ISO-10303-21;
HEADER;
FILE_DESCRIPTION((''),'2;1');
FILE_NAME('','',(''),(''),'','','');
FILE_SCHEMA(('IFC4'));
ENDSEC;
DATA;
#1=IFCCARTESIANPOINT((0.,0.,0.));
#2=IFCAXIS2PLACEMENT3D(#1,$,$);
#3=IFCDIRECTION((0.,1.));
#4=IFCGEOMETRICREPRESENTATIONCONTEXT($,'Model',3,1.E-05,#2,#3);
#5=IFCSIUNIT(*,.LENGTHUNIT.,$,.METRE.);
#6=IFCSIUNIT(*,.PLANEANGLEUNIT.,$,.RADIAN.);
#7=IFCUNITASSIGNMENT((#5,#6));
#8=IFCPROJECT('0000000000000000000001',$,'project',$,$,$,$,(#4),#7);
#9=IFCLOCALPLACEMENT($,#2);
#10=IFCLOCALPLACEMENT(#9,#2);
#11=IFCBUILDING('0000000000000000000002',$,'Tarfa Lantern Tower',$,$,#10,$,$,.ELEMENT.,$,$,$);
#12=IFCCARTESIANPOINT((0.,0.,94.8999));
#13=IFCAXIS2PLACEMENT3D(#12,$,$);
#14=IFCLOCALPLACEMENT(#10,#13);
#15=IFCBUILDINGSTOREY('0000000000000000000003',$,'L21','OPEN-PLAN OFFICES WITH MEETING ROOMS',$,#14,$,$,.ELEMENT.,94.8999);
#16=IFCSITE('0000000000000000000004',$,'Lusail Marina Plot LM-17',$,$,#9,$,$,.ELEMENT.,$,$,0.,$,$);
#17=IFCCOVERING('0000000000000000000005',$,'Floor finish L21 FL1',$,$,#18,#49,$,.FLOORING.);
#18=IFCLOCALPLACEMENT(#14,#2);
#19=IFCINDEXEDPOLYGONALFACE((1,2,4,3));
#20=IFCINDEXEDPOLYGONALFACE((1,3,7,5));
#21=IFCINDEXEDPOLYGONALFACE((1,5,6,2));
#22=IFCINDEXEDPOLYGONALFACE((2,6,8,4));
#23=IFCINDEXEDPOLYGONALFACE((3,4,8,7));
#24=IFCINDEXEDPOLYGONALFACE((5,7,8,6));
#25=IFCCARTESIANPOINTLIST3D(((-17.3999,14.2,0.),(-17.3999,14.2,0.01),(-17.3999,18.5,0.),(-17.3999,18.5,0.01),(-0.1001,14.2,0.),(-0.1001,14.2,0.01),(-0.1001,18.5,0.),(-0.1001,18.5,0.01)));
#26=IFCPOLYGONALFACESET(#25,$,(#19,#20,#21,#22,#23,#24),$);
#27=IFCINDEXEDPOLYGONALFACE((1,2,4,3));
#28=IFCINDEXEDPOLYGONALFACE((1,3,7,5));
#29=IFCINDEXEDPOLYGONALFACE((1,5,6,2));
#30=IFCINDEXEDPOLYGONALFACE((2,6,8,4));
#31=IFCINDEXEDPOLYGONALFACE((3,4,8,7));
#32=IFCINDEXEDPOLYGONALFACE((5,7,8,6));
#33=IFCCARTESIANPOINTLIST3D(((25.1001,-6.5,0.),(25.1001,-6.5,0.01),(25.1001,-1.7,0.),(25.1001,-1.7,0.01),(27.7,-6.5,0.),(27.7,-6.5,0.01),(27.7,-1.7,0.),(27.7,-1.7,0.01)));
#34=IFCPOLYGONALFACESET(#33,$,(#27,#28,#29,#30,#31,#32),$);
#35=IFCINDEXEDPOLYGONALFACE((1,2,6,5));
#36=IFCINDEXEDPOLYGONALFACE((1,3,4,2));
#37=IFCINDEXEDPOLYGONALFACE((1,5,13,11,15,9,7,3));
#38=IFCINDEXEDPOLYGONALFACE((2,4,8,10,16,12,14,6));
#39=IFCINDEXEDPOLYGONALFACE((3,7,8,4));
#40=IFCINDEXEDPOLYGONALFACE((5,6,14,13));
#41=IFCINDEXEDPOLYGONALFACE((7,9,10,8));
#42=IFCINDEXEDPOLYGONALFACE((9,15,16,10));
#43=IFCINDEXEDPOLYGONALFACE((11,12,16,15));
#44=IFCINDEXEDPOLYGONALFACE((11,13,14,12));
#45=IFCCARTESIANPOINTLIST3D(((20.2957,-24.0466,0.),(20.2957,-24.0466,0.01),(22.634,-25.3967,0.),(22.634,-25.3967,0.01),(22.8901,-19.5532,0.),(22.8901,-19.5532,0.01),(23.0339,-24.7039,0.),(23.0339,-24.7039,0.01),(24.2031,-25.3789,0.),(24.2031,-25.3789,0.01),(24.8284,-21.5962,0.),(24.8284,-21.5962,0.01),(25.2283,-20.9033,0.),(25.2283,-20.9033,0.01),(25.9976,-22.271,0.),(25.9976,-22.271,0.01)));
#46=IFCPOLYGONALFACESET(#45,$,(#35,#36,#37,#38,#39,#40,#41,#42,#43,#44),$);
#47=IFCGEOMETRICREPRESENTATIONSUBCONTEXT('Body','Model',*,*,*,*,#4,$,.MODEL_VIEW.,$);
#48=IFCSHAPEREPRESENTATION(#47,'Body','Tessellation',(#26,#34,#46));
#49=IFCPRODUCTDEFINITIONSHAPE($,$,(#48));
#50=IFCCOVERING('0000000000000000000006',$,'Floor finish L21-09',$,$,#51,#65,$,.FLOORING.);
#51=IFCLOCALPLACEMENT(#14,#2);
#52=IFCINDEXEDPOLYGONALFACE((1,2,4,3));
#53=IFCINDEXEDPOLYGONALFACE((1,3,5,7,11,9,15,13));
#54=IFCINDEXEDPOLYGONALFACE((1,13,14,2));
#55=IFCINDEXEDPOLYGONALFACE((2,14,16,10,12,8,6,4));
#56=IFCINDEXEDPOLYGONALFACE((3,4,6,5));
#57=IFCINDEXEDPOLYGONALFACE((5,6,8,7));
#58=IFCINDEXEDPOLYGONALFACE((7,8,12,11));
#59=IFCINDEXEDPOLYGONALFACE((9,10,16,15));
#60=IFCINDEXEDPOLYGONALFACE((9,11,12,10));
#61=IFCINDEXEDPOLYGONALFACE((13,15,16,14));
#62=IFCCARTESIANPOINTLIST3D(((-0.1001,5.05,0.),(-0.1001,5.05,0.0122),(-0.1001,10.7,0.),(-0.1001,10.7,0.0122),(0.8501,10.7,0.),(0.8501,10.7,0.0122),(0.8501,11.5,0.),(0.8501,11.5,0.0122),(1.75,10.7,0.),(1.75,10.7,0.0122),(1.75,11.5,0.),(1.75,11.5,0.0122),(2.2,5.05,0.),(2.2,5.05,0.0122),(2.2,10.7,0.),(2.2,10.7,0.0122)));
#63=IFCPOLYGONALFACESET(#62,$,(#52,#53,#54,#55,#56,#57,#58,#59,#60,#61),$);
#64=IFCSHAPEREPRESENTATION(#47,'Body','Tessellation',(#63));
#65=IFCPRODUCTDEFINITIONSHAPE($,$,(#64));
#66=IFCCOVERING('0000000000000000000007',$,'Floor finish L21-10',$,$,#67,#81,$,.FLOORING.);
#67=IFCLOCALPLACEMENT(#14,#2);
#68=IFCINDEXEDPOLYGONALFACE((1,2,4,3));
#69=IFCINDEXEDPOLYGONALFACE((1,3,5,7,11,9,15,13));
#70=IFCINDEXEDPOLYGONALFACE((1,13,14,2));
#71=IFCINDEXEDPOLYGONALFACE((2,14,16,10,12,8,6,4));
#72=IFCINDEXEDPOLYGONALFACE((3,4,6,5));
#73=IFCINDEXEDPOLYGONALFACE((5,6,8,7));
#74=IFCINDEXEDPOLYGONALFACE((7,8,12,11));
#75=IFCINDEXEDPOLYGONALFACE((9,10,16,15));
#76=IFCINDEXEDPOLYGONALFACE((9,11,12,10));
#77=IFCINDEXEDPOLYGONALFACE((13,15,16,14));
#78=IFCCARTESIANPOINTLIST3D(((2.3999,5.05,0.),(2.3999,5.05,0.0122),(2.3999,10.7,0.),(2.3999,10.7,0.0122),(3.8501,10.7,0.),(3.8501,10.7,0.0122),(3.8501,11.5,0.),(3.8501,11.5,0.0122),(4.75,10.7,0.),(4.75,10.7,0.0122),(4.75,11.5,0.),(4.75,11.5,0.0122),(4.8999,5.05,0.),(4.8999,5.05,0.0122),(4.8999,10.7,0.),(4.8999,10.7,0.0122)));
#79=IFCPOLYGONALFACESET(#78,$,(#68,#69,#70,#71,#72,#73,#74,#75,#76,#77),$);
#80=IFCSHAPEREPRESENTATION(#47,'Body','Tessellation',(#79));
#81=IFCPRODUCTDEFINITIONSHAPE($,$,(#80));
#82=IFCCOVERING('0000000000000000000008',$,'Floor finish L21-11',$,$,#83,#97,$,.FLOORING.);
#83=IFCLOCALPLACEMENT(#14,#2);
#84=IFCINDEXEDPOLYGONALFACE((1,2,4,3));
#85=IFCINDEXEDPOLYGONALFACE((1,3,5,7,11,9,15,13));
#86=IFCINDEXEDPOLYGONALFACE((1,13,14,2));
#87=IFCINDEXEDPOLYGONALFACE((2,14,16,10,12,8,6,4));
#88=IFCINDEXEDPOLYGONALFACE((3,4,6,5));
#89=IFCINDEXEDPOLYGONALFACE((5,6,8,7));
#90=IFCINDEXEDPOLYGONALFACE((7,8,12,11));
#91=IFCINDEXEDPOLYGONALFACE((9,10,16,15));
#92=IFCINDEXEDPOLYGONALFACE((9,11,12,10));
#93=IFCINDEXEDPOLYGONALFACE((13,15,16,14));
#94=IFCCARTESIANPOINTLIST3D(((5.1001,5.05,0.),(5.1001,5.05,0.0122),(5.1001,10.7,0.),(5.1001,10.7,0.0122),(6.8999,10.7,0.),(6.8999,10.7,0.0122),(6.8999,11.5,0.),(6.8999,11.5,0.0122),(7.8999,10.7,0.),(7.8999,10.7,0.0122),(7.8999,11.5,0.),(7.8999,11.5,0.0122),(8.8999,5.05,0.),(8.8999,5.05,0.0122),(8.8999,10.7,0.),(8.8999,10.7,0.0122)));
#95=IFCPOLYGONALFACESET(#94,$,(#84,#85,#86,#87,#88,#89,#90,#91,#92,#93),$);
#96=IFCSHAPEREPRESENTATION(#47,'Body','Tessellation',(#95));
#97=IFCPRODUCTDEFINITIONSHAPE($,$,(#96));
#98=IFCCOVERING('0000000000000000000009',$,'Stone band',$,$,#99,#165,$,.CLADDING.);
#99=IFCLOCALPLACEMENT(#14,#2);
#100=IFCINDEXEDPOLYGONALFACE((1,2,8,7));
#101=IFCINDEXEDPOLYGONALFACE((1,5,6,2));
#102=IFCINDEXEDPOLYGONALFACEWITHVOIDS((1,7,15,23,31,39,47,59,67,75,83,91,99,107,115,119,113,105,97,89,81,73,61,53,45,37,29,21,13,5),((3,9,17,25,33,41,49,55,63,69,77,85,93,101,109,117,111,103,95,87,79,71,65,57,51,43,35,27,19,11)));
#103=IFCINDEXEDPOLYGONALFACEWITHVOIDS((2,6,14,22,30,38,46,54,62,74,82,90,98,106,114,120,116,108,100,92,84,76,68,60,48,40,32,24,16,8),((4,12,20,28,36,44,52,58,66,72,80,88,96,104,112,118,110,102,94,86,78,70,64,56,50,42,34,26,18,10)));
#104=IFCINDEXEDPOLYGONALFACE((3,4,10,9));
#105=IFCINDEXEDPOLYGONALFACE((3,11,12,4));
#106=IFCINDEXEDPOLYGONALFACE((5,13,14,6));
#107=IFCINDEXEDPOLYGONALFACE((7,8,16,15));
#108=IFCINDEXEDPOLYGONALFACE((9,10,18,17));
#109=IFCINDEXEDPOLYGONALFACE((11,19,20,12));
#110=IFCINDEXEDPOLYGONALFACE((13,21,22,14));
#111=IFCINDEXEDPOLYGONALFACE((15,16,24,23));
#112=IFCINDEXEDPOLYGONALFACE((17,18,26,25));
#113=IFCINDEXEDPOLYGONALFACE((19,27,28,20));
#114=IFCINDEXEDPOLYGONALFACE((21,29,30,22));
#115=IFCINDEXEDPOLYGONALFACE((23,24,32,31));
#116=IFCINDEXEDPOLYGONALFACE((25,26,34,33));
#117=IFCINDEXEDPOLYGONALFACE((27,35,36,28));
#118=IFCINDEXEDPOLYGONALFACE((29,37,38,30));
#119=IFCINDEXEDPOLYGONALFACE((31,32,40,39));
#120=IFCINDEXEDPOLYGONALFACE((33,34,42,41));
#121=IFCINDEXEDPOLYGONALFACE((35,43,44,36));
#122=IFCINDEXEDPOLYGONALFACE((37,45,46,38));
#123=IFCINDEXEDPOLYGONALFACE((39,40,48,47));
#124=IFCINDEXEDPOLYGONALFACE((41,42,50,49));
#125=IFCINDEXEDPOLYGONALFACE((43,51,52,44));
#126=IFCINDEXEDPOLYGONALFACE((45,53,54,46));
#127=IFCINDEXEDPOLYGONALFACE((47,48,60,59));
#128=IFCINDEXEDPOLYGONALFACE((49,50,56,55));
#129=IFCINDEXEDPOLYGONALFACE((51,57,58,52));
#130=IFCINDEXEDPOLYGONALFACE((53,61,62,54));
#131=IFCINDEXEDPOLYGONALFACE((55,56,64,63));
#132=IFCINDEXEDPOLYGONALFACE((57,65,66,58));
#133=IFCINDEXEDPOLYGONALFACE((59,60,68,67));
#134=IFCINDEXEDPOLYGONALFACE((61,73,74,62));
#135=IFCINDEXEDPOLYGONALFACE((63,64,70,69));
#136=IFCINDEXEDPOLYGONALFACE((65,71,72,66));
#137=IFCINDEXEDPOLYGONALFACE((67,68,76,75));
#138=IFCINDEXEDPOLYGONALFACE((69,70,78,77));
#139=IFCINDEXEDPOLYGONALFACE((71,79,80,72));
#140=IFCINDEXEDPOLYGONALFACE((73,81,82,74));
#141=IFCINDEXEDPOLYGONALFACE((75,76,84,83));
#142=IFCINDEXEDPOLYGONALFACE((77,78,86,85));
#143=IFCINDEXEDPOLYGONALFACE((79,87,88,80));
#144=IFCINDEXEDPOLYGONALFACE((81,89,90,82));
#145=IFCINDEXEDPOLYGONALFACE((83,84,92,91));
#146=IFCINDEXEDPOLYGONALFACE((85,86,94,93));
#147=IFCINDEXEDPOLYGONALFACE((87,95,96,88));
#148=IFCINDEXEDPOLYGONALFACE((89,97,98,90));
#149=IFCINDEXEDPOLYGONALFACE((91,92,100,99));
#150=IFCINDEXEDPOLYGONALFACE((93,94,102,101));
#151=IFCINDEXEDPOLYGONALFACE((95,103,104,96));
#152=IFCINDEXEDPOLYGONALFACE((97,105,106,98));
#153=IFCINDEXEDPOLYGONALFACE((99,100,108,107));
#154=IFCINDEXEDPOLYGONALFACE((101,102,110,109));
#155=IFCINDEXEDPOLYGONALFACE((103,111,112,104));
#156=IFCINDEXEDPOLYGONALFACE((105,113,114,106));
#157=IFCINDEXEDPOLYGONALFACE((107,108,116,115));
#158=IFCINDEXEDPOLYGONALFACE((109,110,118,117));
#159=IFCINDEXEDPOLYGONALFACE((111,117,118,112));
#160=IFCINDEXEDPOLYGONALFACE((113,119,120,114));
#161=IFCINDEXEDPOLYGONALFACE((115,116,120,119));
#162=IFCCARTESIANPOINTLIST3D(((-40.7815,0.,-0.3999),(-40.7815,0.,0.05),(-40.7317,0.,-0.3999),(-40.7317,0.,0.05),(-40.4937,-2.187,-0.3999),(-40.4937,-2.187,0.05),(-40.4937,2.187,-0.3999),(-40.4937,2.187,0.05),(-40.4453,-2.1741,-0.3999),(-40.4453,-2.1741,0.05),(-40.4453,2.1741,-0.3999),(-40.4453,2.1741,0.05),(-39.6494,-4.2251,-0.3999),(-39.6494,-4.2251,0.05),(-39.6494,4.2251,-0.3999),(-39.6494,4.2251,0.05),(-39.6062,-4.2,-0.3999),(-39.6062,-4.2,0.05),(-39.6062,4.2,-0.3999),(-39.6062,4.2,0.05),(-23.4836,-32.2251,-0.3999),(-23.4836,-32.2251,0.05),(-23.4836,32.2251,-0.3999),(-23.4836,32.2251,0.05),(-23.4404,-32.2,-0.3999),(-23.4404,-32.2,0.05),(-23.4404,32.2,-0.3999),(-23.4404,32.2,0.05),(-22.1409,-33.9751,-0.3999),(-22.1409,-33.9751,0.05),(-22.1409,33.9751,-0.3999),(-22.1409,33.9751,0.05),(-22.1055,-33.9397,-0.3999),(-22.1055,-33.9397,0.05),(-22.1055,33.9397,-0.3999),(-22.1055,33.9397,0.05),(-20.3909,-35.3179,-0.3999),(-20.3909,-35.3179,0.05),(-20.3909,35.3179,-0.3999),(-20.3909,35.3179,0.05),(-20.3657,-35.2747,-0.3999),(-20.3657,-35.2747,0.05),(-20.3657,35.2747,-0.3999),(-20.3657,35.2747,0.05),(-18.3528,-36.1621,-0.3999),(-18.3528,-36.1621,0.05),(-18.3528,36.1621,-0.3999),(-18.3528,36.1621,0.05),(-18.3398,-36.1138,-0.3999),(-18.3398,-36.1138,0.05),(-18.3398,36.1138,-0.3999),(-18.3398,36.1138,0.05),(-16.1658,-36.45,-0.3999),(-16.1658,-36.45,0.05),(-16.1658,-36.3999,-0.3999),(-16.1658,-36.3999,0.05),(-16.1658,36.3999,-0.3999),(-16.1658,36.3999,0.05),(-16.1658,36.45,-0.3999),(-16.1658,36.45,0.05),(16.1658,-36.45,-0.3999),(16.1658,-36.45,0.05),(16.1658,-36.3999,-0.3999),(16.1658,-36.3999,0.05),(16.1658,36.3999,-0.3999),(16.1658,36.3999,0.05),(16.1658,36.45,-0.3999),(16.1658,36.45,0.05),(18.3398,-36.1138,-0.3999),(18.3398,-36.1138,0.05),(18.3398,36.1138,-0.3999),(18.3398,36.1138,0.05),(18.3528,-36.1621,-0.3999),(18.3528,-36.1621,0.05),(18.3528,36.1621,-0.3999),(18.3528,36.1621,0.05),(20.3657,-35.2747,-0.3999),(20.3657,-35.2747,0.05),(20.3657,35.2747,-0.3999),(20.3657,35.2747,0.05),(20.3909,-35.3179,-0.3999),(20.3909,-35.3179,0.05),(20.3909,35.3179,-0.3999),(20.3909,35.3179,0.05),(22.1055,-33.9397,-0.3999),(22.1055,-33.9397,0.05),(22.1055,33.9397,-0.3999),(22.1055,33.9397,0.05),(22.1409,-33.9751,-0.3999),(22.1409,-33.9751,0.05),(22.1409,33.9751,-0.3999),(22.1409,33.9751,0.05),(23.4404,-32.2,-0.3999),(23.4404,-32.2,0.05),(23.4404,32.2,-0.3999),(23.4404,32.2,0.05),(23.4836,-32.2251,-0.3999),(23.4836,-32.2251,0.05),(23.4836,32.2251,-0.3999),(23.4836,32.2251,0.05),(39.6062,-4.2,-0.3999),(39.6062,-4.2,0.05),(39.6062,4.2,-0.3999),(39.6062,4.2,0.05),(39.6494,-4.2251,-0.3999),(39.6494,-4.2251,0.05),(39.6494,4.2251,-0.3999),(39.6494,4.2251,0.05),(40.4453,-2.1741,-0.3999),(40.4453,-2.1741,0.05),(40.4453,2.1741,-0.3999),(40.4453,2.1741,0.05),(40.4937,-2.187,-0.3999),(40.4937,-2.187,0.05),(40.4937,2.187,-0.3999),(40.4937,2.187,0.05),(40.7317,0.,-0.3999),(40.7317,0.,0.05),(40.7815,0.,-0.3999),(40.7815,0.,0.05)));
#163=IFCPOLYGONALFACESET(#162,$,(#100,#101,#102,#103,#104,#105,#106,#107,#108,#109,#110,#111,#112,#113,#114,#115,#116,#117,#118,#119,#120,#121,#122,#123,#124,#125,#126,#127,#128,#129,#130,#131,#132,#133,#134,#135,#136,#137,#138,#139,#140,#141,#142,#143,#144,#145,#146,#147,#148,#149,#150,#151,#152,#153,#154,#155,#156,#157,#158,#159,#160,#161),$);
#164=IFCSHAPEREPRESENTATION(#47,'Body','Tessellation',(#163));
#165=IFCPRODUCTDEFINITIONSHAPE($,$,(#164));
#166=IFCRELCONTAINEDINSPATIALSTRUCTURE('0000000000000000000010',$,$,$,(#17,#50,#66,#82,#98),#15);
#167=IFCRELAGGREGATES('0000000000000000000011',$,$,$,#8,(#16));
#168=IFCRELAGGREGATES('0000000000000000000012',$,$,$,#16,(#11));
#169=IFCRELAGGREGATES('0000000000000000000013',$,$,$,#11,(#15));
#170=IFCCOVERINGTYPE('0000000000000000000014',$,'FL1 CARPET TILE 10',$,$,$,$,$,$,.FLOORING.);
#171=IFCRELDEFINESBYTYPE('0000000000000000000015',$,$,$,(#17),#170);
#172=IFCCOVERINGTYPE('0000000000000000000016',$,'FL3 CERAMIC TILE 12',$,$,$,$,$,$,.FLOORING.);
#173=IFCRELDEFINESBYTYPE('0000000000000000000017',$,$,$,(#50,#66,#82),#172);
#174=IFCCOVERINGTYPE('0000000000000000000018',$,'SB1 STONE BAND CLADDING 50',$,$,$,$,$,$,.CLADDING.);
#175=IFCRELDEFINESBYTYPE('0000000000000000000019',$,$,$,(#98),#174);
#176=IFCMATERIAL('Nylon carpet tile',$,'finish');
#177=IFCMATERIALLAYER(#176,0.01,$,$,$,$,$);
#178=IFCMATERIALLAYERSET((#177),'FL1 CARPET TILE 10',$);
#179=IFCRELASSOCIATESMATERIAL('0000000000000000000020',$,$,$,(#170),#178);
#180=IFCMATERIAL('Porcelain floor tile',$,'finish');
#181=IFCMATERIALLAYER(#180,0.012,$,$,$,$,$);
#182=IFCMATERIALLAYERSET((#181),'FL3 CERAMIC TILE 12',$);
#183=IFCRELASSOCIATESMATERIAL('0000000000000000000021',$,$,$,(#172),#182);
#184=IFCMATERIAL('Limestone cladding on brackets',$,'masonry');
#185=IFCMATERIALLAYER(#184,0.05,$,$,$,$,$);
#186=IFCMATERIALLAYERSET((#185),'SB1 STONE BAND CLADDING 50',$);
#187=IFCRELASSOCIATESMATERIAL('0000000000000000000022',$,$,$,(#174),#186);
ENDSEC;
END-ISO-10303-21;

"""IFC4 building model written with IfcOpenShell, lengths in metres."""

from ifc_helpers import new_model, si_unit, direction, frame, origin, place, context, subcontext, project, spatial, polyline, outline, extrude, material, layer, layer_set, type_object, element, save


model = new_model("IFC4")

# Units and contexts
model_context = context("Model", 3, precision=1e-05, world=origin(), true_north=direction((0.0, 1.0)))
body_context = subcontext(model_context, "Body", "Model", "MODEL_VIEW")
ifc_project = project(units=[si_unit("LENGTHUNIT", "METRE"), si_unit("PLANEANGLEUNIT", "RADIAN")], contexts=[model_context])

# Site, building, storey
site_placement = place(None, origin())
site = spatial("IfcSite", under=ifc_project, at=site_placement, Name="Lusail Marina Plot LM-17", CompositionType="ELEMENT", RefElevation=0.0)
building_placement = place(site_placement, origin())
building = spatial("IfcBuilding", under=site, at=building_placement, Name="Tarfa Lantern Tower", CompositionType="ELEMENT")
storey_placement = place(building_placement, frame((0.0, 0.0, 94.8999)))
storey = spatial("IfcBuildingStorey", under=building, at=storey_placement, Name="L21", Description="OPEN-PLAN OFFICES WITH MEETING ROOMS", CompositionType="ELEMENT", Elevation=94.8999)

# Coverings
ifc_material_1 = material(Name="Nylon carpet tile", Category="finish")
ifc_layer_1 = layer(ifc_material_1, 0.01)
ifc_layer_set_1 = layer_set([ifc_layer_1], Name="FL1 CARPET TILE 10")
covering_type_1 = type_object("IfcCoveringType", Name="FL1 CARPET TILE 10", PredefinedType="FLOORING", material=ifc_layer_set_1)
covering_1_placement = place(storey_placement, origin())
element("IfcCovering", 1, at=covering_1_placement, inside=storey, type_object=covering_type_1, Name="Floor finish L21 FL1", PredefinedType="FLOORING", context=body_context, shape_type="SweptSolid", body=[
    extrude(outline(polyline([(-17.3999, 18.5), (-0.1001, 18.5), (-0.1001, 14.2), (-17.3999, 14.2), (-17.3999, 18.5)])), origin(), (0.0, 0.0, 1.0), 0.01),
    extrude(outline(polyline([(25.1001, -1.7), (27.7, -1.7), (27.7, -6.5), (25.1001, -6.5), (25.1001, -1.7)])), origin(), (0.0, 0.0, 1.0), 0.01),
    extrude(outline(polyline([(22.8901, -19.5532), (25.2283, -20.9033), (24.8284, -21.5962), (25.9976, -22.271), (24.2031, -25.3789), (23.0339, -24.7039), (22.634, -25.3967), (20.2957, -24.0466), (22.8901, -19.5532)])), origin(), (0.0, 0.0, 1.0), 0.01),
])
ifc_material_2 = material(Name="Porcelain floor tile", Category="finish")
ifc_layer_2 = layer(ifc_material_2, 0.012)
ifc_layer_set_2 = layer_set([ifc_layer_2], Name="FL3 CERAMIC TILE 12")
covering_type_2 = type_object("IfcCoveringType", Name="FL3 CERAMIC TILE 12", PredefinedType="FLOORING", material=ifc_layer_set_2)
covering_2_placement = place(storey_placement, origin())
element("IfcCovering", 2, at=covering_2_placement, inside=storey, type_object=covering_type_2, Name="Floor finish L21-09", PredefinedType="FLOORING", context=body_context, shape_type="SweptSolid", body=[
    extrude(outline(polyline([(0.8501, 10.7), (-0.1001, 10.7), (-0.1001, 5.05), (2.2, 5.05), (2.2, 10.7), (1.75, 10.7), (1.75, 11.5), (0.8501, 11.5), (0.8501, 10.7)])), origin(), (0.0, 0.0, 1.0), 0.0122),
])
covering_3_placement = place(storey_placement, origin())
element("IfcCovering", 3, at=covering_3_placement, inside=storey, type_object=covering_type_2, Name="Floor finish L21-10", PredefinedType="FLOORING", context=body_context, shape_type="SweptSolid", body=[
    extrude(outline(polyline([(2.3999, 5.05), (4.8999, 5.05), (4.8999, 10.7), (4.75, 10.7), (4.75, 11.5), (3.8501, 11.5), (3.8501, 10.7), (2.3999, 10.7), (2.3999, 5.05)])), origin(), (0.0, 0.0, 1.0), 0.0122),
])
covering_4_placement = place(storey_placement, origin())
element("IfcCovering", 4, at=covering_4_placement, inside=storey, type_object=covering_type_2, Name="Floor finish L21-11", PredefinedType="FLOORING", context=body_context, shape_type="SweptSolid", body=[
    extrude(outline(polyline([(5.1001, 5.05), (8.8999, 5.05), (8.8999, 10.7), (7.8999, 10.7), (7.8999, 11.5), (6.8999, 11.5), (6.8999, 10.7), (5.1001, 10.7), (5.1001, 5.05)])), origin(), (0.0, 0.0, 1.0), 0.0122),
])
ifc_material_3 = material(Name="Limestone cladding on brackets", Category="masonry")
ifc_layer_3 = layer(ifc_material_3, 0.05)
ifc_layer_set_3 = layer_set([ifc_layer_3], Name="SB1 STONE BAND CLADDING 50")
covering_type_3 = type_object("IfcCoveringType", Name="SB1 STONE BAND CLADDING 50", PredefinedType="CLADDING", material=ifc_layer_set_3)
covering_5_placement = place(storey_placement, frame((0.0, 0.0, -0.3999)))
element("IfcCovering", 5, at=covering_5_placement, inside=storey, type_object=covering_type_3, Name="Stone band", PredefinedType="CLADDING", context=body_context, shape_type="SweptSolid", body=[
    extrude(outline(polyline([(39.6494, 4.2251), (23.4836, 32.2251), (22.1409, 33.9751), (20.3909, 35.3179), (18.3528, 36.1621), (16.1658, 36.45), (-16.1658, 36.45), (-18.3528, 36.1621), (-20.3909, 35.3179), (-22.1409, 33.9751), (-23.4836, 32.2251), (-39.6494, 4.2251), (-40.4937, 2.187), (-40.7815, 0.0), (-40.4937, -2.187), (-39.6494, -4.2251), (-23.4836, -32.2251), (-22.1409, -33.9751), (-20.3909, -35.3179), (-18.3528, -36.1621), (-16.1658, -36.45), (16.1658, -36.45), (18.3528, -36.1621), (20.3909, -35.3179), (22.1409, -33.9751), (23.4836, -32.2251), (39.6494, -4.2251), (40.4937, -2.187), (40.7815, 0.0), (40.4937, 2.187), (39.6494, 4.2251)]), holes=[polyline([(39.6062, 4.2), (23.4404, 32.2), (22.1055, 33.9397), (20.3657, 35.2747), (18.3398, 36.1138), (16.1658, 36.3999), (-16.1658, 36.3999), (-18.3398, 36.1138), (-20.3657, 35.2747), (-22.1055, 33.9397), (-23.4404, 32.2), (-39.6062, 4.2), (-40.4453, 2.1741), (-40.7317, 0.0), (-40.4453, -2.1741), (-39.6062, -4.2), (-23.4404, -32.2), (-22.1055, -33.9397), (-20.3657, -35.2747), (-18.3398, -36.1138), (-16.1658, -36.3999), (16.1658, -36.3999), (18.3398, -36.1138), (20.3657, -35.2747), (22.1055, -33.9397), (23.4404, -32.2), (39.6062, -4.2), (40.4453, -2.1741), (40.7317, 0.0), (40.4453, 2.1741), (39.6062, 4.2)])]), origin(), (0.0, 0.0, 1.0), 0.45),
])

save(model, "model.ifc")
